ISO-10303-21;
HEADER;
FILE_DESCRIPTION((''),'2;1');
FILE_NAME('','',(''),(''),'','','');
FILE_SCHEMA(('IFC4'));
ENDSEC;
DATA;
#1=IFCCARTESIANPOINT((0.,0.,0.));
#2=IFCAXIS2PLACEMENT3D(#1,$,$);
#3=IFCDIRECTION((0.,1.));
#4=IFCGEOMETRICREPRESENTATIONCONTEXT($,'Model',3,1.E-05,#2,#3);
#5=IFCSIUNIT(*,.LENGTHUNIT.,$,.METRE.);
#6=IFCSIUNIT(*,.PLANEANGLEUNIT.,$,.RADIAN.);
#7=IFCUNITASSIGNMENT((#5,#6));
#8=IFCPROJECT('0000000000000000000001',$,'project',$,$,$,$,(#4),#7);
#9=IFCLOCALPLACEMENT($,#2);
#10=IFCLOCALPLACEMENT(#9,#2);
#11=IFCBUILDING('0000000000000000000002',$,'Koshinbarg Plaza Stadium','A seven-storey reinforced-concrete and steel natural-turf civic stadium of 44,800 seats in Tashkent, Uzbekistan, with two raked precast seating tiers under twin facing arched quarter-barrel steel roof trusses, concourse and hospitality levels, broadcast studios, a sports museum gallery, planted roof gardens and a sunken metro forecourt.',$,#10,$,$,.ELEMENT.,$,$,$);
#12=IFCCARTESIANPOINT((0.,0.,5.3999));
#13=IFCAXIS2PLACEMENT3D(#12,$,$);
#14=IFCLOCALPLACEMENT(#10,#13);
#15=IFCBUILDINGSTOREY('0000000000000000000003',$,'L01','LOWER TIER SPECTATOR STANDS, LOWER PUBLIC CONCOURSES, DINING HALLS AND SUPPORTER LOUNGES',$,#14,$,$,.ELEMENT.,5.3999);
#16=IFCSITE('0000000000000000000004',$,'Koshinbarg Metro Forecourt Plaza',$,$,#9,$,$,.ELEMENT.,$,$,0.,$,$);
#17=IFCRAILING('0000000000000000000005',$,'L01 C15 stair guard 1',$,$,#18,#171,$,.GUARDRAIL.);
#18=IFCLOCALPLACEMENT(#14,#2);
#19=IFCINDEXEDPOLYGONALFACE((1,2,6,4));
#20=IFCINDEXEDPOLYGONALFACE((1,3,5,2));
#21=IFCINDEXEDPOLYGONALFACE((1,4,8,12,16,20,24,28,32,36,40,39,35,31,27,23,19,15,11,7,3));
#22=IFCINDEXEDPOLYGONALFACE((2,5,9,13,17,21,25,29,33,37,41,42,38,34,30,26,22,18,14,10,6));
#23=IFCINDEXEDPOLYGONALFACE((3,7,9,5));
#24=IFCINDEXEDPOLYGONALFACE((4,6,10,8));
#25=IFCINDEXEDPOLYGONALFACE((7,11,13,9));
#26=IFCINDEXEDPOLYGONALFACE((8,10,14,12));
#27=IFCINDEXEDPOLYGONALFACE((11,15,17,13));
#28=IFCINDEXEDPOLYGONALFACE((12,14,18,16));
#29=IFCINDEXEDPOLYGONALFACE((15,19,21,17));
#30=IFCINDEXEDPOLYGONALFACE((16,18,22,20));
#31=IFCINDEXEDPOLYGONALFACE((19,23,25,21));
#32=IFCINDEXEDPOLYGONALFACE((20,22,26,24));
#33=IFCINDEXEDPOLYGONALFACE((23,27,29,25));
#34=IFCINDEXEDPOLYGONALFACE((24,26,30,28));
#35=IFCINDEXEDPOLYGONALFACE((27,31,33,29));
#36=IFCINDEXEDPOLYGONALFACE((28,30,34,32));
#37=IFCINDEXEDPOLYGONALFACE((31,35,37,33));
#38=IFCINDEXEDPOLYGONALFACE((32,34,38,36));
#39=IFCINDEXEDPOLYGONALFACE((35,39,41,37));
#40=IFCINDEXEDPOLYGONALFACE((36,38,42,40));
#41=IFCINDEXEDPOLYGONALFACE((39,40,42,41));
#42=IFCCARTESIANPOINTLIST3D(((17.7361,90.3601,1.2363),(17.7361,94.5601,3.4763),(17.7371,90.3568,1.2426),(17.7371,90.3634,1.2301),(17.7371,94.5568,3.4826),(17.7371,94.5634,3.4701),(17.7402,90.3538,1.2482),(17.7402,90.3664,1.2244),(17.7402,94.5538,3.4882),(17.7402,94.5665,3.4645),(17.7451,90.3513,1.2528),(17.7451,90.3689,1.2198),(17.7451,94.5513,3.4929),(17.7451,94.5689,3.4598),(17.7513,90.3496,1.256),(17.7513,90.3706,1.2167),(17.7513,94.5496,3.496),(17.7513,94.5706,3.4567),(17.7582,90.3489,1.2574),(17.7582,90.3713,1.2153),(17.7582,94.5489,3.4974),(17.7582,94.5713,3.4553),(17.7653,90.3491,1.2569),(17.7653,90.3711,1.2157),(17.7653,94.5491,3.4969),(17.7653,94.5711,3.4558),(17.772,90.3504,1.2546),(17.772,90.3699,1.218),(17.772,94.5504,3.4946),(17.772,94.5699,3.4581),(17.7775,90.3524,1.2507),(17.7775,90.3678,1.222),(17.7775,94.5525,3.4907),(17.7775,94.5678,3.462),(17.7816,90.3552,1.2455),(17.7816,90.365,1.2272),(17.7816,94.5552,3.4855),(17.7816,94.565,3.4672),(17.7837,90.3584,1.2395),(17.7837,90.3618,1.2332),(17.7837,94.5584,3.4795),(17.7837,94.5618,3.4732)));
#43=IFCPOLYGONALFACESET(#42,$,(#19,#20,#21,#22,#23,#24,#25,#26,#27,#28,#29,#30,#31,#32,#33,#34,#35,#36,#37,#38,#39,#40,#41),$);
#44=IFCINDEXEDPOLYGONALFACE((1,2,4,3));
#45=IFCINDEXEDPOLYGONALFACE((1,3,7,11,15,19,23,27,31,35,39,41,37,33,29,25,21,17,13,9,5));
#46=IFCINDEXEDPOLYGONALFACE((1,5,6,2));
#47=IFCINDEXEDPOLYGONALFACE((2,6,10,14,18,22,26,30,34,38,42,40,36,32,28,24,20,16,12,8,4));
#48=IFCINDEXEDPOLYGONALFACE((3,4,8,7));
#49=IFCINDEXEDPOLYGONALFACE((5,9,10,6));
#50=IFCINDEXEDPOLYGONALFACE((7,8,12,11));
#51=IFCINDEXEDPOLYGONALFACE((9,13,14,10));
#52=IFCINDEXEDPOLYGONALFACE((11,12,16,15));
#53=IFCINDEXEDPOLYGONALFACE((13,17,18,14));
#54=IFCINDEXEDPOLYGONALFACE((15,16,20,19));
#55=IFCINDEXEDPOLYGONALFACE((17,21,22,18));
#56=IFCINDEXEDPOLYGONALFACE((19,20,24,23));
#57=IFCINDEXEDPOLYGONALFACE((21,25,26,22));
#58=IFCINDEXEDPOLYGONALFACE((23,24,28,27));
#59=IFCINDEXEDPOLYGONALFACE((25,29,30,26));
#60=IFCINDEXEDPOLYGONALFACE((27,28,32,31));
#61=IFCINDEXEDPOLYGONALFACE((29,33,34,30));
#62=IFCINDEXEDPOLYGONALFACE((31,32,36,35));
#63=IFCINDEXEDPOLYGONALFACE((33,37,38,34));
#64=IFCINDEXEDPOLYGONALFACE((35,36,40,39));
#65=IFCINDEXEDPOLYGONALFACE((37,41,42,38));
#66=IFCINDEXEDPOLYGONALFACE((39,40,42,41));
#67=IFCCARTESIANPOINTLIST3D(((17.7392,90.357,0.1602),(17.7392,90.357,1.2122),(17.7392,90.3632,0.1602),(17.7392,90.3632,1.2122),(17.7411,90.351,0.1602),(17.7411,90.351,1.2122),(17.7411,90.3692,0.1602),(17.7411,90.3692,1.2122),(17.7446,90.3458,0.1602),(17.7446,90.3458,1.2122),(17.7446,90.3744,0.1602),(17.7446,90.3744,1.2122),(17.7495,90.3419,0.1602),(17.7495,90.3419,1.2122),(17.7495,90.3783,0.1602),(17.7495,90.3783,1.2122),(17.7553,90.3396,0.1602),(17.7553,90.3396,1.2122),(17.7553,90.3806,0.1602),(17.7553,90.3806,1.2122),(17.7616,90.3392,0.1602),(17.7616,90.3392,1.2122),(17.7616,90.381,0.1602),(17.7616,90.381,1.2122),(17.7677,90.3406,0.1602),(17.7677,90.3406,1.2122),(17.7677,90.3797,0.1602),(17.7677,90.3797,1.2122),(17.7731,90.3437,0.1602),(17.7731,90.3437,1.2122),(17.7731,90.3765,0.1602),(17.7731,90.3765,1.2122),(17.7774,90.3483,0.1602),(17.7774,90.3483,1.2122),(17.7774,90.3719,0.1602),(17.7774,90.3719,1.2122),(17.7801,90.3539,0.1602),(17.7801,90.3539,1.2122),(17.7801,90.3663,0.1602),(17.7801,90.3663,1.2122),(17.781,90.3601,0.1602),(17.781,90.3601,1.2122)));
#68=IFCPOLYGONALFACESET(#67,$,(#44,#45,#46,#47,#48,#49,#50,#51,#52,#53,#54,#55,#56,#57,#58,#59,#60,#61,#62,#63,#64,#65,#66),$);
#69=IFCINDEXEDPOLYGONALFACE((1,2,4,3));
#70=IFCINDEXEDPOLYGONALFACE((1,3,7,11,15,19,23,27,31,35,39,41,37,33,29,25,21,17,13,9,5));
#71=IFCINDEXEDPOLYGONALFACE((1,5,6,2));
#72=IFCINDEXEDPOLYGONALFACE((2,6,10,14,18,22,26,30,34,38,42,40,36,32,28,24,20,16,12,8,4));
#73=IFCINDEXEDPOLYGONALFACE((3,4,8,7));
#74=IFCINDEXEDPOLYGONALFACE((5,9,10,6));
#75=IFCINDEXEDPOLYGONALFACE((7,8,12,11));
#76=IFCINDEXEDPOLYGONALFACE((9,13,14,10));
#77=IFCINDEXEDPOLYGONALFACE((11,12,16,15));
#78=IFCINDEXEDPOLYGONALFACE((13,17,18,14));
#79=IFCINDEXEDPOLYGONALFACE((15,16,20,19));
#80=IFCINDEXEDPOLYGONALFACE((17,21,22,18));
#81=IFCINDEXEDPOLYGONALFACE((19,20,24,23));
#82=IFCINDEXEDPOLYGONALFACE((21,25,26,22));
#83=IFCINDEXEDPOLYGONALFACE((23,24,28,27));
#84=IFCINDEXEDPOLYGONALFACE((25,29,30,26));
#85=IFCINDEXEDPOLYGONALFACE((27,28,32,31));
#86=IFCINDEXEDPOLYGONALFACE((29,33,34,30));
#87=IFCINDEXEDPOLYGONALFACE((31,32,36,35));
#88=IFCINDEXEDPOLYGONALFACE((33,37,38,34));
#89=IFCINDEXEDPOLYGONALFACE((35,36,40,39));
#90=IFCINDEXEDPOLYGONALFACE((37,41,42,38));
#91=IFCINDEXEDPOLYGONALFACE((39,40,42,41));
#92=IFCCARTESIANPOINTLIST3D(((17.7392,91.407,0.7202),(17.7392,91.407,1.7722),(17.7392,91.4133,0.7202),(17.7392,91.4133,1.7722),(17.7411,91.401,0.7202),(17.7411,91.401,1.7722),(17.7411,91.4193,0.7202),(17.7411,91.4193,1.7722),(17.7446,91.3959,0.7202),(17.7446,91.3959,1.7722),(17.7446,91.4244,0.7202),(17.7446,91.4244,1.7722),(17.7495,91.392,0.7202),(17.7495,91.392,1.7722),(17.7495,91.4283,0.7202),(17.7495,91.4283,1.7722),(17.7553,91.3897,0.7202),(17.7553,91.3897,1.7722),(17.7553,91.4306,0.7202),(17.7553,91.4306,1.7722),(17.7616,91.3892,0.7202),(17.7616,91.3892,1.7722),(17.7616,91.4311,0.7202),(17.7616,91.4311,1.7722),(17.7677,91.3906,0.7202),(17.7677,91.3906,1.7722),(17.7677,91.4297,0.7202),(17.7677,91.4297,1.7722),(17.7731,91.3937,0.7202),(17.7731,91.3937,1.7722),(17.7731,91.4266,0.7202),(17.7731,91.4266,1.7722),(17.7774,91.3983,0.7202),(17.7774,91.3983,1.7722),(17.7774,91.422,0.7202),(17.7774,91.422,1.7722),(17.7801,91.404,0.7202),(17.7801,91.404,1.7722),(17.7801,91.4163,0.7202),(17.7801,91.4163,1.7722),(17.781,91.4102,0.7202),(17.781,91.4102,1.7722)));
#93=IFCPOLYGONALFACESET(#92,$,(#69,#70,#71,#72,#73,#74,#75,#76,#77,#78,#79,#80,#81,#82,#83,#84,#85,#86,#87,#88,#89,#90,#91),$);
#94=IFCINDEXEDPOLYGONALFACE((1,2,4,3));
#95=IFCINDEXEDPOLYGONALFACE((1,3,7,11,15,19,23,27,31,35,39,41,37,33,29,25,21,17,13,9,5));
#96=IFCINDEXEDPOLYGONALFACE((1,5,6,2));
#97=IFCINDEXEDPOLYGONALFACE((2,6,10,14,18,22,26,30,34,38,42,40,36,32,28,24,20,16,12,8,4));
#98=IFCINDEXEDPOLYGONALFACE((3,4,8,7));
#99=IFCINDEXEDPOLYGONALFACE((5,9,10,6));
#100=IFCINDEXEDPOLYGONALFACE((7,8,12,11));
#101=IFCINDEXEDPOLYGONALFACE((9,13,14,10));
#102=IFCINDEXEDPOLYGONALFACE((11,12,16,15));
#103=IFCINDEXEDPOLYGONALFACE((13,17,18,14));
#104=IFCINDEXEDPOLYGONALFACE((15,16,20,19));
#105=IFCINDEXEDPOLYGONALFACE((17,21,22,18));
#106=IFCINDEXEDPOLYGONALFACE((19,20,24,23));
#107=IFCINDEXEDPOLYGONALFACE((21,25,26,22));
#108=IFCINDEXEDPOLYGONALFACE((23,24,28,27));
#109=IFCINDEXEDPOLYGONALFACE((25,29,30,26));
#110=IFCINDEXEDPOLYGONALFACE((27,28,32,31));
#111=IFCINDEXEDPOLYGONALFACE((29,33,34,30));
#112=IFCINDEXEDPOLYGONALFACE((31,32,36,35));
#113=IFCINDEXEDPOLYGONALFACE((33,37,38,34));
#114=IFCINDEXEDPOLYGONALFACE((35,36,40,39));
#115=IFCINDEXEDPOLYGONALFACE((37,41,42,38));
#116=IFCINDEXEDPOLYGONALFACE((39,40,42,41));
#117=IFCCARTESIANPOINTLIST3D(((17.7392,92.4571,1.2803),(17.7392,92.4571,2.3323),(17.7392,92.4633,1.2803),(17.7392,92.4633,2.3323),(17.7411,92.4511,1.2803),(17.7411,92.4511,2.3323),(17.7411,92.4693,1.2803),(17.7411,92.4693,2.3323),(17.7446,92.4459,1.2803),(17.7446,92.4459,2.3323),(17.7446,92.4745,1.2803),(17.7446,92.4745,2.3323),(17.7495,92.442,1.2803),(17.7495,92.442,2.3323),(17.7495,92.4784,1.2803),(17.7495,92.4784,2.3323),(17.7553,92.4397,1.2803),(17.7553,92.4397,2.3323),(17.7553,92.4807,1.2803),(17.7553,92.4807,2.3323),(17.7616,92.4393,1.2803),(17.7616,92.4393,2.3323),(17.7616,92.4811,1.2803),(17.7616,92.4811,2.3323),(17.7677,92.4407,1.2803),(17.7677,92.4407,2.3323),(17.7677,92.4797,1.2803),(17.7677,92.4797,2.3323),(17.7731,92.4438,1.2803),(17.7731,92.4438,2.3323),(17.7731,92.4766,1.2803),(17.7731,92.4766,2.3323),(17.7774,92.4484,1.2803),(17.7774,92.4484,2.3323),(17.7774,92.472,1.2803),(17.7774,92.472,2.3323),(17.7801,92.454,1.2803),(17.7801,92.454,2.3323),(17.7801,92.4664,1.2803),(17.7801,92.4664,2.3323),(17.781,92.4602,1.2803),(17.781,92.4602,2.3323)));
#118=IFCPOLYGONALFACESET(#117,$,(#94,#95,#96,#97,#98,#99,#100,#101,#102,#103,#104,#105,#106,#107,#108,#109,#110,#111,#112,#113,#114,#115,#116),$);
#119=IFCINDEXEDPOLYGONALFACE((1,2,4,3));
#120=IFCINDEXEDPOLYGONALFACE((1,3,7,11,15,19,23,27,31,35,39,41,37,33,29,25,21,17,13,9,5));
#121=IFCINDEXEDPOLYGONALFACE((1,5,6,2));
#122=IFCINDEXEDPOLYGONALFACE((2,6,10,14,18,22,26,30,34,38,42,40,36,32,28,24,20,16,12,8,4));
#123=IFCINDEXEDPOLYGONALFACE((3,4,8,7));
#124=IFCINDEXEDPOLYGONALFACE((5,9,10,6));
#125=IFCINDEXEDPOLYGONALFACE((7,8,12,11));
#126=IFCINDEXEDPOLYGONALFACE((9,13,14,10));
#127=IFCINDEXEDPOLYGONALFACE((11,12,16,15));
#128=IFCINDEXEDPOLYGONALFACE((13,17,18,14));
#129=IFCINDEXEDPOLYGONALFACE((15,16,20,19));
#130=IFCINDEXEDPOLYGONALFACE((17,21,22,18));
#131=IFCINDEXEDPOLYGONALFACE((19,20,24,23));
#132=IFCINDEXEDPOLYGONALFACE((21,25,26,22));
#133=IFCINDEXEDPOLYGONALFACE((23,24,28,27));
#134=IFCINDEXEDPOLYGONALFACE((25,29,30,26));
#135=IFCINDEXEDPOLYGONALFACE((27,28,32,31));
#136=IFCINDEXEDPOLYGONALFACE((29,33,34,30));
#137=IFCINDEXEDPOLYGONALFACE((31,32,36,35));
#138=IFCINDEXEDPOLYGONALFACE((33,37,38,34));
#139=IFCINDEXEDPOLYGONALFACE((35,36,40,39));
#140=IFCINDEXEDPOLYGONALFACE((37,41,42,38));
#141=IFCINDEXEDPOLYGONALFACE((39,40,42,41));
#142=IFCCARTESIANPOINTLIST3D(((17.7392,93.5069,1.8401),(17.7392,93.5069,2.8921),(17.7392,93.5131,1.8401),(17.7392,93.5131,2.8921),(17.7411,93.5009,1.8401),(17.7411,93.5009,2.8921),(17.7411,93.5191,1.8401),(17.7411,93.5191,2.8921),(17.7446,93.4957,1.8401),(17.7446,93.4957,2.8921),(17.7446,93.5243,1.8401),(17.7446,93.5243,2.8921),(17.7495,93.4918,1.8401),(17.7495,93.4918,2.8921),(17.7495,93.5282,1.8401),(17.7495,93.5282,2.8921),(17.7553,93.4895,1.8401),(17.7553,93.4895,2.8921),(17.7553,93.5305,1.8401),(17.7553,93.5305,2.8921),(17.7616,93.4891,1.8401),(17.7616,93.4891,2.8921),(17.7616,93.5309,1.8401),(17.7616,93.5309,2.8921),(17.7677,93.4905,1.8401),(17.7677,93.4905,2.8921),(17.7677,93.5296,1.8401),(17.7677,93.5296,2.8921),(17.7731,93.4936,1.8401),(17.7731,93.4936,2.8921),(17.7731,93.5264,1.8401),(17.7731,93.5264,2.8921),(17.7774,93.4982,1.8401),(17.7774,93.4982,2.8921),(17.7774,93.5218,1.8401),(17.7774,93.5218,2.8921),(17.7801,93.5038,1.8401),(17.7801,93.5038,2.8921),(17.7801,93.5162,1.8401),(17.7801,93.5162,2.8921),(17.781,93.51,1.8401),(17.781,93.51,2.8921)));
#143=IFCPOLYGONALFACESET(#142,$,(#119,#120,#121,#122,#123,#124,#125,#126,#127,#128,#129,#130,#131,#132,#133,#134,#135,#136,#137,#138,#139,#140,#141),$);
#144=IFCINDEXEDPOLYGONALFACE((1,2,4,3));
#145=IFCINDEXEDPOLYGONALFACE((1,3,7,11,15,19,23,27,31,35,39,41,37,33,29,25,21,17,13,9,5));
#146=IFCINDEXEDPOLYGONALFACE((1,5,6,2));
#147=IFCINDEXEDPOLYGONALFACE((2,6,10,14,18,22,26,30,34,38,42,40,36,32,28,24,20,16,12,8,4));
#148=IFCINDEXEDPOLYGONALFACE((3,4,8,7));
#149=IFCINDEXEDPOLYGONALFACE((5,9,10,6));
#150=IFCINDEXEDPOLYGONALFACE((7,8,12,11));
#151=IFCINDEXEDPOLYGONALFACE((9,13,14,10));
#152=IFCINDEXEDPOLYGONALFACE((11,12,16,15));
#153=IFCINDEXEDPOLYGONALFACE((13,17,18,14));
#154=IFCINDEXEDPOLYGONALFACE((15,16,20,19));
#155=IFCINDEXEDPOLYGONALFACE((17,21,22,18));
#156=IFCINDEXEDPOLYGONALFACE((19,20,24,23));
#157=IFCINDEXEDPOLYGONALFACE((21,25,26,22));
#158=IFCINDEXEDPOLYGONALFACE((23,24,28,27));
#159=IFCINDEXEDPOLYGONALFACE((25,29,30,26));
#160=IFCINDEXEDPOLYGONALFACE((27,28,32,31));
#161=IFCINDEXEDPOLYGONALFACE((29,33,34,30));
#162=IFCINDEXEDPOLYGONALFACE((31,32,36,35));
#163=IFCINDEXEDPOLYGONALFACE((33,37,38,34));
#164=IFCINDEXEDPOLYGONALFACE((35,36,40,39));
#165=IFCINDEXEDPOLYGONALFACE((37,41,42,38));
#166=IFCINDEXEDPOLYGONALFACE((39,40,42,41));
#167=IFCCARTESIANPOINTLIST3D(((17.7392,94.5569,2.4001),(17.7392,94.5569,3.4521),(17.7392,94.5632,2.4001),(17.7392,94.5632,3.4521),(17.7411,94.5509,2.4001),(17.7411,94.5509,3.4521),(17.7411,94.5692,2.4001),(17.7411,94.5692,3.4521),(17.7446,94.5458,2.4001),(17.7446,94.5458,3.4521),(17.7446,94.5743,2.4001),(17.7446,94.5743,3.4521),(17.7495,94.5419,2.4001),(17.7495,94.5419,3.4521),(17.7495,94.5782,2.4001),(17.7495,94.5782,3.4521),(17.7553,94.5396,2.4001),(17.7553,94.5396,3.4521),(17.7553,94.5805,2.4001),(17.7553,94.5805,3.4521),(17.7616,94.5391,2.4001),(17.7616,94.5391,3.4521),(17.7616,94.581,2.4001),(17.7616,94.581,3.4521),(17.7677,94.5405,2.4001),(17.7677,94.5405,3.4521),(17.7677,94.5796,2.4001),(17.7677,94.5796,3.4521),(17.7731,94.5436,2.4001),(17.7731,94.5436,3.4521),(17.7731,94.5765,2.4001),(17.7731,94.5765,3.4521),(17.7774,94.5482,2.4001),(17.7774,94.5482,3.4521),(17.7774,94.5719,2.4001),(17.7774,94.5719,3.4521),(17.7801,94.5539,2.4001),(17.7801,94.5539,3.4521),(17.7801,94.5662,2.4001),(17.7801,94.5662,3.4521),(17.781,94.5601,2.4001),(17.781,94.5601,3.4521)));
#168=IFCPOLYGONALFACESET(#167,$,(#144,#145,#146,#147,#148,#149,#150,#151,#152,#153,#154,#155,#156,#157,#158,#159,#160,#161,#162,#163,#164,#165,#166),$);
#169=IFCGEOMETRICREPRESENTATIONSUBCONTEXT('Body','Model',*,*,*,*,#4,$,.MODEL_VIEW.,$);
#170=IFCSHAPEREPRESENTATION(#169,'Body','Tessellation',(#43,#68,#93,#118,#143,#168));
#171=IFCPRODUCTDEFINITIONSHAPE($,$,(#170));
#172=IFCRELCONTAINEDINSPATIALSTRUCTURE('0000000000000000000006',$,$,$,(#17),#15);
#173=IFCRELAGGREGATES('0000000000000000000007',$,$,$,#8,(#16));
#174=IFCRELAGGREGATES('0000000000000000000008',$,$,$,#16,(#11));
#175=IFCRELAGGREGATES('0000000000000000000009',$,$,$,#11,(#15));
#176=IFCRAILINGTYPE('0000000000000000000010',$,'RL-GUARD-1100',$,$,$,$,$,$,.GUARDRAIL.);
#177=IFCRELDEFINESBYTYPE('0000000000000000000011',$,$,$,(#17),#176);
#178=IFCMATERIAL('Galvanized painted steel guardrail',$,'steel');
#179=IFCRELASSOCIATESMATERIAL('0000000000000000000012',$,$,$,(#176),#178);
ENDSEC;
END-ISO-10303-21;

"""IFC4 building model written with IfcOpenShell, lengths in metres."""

from ifc_helpers import new_model, si_unit, direction, frame, origin, origin_2d, place, context, subcontext, project, spatial, circle, extrude, material, type_object, element, save


model = new_model("IFC4")

# Units and contexts
model_context = context("Model", 3, precision=1e-05, world=origin(), true_north=direction((0.0, 1.0)))
body_context = subcontext(model_context, "Body", "Model", "MODEL_VIEW")
ifc_project = project(units=[si_unit("LENGTHUNIT", "METRE"), si_unit("PLANEANGLEUNIT", "RADIAN")], contexts=[model_context])

# Site, building, storey
site_placement = place(None, origin())
site = spatial("IfcSite", under=ifc_project, at=site_placement, Name="Koshinbarg Metro Forecourt Plaza", CompositionType="ELEMENT", RefElevation=0.0)
building_placement = place(site_placement, origin())
building = spatial("IfcBuilding", under=site, at=building_placement, Name="Koshinbarg Plaza Stadium", Description="A seven-storey reinforced-concrete and steel natural-turf civic stadium of 44,800 seats in Tashkent, Uzbekistan, with two raked precast seating tiers under twin facing arched quarter-barrel steel roof trusses, concourse and hospitality levels, broadcast studios, a sports museum gallery, planted roof gardens and a sunken metro forecourt.", CompositionType="ELEMENT")
storey_placement = place(building_placement, frame((0.0, 0.0, 5.3999)))
storey = spatial("IfcBuildingStorey", under=building, at=storey_placement, Name="L01", Description="LOWER TIER SPECTATOR STANDS, LOWER PUBLIC CONCOURSES, DINING HALLS AND SUPPORTER LOUNGES", CompositionType="ELEMENT", Elevation=5.3999)

# Railing
ifc_material_1 = material(Name="Galvanized painted steel guardrail", Category="steel")
railing_type_1 = type_object("IfcRailingType", Name="RL-GUARD-1100", PredefinedType="GUARDRAIL", material=ifc_material_1)
railing_1_placement = place(storey_placement, frame((17.76, 90.3601, 0.1602)))
element("IfcRailing", 1, at=railing_1_placement, inside=storey, type_object=railing_type_1, Name="L01 C15 stair guard 1", PredefinedType="GUARDRAIL", context=body_context, shape_type="SweptSolid", body=[
    extrude(circle(Radius=0.0239, at=origin_2d()), frame((0.0, 0.0, 1.0762), z_axis=(0.0, 0.882352, 0.470591), x_axis=(-1.0, 0.0, 0.0)), (0.0, 0.0, 1.0), 4.76),
    extrude(circle(Radius=0.021, at=origin_2d()), origin(), (0.0, 0.0, 1.0), 1.052),
    extrude(circle(Radius=0.021, at=origin_2d()), frame((0.0, 1.05, 0.5601)), (0.0, 0.0, 1.0), 1.052),
    extrude(circle(Radius=0.021, at=origin_2d()), frame((0.0, 2.1001, 1.1201)), (0.0, 0.0, 1.0), 1.052),
    extrude(circle(Radius=0.021, at=origin_2d()), frame((0.0, 3.1499, 1.6799)), (0.0, 0.0, 1.0), 1.052),
    extrude(circle(Radius=0.021, at=origin_2d()), frame((0.0, 4.2, 2.24)), (0.0, 0.0, 1.0), 1.052),
])

save(model, "model.ifc")
